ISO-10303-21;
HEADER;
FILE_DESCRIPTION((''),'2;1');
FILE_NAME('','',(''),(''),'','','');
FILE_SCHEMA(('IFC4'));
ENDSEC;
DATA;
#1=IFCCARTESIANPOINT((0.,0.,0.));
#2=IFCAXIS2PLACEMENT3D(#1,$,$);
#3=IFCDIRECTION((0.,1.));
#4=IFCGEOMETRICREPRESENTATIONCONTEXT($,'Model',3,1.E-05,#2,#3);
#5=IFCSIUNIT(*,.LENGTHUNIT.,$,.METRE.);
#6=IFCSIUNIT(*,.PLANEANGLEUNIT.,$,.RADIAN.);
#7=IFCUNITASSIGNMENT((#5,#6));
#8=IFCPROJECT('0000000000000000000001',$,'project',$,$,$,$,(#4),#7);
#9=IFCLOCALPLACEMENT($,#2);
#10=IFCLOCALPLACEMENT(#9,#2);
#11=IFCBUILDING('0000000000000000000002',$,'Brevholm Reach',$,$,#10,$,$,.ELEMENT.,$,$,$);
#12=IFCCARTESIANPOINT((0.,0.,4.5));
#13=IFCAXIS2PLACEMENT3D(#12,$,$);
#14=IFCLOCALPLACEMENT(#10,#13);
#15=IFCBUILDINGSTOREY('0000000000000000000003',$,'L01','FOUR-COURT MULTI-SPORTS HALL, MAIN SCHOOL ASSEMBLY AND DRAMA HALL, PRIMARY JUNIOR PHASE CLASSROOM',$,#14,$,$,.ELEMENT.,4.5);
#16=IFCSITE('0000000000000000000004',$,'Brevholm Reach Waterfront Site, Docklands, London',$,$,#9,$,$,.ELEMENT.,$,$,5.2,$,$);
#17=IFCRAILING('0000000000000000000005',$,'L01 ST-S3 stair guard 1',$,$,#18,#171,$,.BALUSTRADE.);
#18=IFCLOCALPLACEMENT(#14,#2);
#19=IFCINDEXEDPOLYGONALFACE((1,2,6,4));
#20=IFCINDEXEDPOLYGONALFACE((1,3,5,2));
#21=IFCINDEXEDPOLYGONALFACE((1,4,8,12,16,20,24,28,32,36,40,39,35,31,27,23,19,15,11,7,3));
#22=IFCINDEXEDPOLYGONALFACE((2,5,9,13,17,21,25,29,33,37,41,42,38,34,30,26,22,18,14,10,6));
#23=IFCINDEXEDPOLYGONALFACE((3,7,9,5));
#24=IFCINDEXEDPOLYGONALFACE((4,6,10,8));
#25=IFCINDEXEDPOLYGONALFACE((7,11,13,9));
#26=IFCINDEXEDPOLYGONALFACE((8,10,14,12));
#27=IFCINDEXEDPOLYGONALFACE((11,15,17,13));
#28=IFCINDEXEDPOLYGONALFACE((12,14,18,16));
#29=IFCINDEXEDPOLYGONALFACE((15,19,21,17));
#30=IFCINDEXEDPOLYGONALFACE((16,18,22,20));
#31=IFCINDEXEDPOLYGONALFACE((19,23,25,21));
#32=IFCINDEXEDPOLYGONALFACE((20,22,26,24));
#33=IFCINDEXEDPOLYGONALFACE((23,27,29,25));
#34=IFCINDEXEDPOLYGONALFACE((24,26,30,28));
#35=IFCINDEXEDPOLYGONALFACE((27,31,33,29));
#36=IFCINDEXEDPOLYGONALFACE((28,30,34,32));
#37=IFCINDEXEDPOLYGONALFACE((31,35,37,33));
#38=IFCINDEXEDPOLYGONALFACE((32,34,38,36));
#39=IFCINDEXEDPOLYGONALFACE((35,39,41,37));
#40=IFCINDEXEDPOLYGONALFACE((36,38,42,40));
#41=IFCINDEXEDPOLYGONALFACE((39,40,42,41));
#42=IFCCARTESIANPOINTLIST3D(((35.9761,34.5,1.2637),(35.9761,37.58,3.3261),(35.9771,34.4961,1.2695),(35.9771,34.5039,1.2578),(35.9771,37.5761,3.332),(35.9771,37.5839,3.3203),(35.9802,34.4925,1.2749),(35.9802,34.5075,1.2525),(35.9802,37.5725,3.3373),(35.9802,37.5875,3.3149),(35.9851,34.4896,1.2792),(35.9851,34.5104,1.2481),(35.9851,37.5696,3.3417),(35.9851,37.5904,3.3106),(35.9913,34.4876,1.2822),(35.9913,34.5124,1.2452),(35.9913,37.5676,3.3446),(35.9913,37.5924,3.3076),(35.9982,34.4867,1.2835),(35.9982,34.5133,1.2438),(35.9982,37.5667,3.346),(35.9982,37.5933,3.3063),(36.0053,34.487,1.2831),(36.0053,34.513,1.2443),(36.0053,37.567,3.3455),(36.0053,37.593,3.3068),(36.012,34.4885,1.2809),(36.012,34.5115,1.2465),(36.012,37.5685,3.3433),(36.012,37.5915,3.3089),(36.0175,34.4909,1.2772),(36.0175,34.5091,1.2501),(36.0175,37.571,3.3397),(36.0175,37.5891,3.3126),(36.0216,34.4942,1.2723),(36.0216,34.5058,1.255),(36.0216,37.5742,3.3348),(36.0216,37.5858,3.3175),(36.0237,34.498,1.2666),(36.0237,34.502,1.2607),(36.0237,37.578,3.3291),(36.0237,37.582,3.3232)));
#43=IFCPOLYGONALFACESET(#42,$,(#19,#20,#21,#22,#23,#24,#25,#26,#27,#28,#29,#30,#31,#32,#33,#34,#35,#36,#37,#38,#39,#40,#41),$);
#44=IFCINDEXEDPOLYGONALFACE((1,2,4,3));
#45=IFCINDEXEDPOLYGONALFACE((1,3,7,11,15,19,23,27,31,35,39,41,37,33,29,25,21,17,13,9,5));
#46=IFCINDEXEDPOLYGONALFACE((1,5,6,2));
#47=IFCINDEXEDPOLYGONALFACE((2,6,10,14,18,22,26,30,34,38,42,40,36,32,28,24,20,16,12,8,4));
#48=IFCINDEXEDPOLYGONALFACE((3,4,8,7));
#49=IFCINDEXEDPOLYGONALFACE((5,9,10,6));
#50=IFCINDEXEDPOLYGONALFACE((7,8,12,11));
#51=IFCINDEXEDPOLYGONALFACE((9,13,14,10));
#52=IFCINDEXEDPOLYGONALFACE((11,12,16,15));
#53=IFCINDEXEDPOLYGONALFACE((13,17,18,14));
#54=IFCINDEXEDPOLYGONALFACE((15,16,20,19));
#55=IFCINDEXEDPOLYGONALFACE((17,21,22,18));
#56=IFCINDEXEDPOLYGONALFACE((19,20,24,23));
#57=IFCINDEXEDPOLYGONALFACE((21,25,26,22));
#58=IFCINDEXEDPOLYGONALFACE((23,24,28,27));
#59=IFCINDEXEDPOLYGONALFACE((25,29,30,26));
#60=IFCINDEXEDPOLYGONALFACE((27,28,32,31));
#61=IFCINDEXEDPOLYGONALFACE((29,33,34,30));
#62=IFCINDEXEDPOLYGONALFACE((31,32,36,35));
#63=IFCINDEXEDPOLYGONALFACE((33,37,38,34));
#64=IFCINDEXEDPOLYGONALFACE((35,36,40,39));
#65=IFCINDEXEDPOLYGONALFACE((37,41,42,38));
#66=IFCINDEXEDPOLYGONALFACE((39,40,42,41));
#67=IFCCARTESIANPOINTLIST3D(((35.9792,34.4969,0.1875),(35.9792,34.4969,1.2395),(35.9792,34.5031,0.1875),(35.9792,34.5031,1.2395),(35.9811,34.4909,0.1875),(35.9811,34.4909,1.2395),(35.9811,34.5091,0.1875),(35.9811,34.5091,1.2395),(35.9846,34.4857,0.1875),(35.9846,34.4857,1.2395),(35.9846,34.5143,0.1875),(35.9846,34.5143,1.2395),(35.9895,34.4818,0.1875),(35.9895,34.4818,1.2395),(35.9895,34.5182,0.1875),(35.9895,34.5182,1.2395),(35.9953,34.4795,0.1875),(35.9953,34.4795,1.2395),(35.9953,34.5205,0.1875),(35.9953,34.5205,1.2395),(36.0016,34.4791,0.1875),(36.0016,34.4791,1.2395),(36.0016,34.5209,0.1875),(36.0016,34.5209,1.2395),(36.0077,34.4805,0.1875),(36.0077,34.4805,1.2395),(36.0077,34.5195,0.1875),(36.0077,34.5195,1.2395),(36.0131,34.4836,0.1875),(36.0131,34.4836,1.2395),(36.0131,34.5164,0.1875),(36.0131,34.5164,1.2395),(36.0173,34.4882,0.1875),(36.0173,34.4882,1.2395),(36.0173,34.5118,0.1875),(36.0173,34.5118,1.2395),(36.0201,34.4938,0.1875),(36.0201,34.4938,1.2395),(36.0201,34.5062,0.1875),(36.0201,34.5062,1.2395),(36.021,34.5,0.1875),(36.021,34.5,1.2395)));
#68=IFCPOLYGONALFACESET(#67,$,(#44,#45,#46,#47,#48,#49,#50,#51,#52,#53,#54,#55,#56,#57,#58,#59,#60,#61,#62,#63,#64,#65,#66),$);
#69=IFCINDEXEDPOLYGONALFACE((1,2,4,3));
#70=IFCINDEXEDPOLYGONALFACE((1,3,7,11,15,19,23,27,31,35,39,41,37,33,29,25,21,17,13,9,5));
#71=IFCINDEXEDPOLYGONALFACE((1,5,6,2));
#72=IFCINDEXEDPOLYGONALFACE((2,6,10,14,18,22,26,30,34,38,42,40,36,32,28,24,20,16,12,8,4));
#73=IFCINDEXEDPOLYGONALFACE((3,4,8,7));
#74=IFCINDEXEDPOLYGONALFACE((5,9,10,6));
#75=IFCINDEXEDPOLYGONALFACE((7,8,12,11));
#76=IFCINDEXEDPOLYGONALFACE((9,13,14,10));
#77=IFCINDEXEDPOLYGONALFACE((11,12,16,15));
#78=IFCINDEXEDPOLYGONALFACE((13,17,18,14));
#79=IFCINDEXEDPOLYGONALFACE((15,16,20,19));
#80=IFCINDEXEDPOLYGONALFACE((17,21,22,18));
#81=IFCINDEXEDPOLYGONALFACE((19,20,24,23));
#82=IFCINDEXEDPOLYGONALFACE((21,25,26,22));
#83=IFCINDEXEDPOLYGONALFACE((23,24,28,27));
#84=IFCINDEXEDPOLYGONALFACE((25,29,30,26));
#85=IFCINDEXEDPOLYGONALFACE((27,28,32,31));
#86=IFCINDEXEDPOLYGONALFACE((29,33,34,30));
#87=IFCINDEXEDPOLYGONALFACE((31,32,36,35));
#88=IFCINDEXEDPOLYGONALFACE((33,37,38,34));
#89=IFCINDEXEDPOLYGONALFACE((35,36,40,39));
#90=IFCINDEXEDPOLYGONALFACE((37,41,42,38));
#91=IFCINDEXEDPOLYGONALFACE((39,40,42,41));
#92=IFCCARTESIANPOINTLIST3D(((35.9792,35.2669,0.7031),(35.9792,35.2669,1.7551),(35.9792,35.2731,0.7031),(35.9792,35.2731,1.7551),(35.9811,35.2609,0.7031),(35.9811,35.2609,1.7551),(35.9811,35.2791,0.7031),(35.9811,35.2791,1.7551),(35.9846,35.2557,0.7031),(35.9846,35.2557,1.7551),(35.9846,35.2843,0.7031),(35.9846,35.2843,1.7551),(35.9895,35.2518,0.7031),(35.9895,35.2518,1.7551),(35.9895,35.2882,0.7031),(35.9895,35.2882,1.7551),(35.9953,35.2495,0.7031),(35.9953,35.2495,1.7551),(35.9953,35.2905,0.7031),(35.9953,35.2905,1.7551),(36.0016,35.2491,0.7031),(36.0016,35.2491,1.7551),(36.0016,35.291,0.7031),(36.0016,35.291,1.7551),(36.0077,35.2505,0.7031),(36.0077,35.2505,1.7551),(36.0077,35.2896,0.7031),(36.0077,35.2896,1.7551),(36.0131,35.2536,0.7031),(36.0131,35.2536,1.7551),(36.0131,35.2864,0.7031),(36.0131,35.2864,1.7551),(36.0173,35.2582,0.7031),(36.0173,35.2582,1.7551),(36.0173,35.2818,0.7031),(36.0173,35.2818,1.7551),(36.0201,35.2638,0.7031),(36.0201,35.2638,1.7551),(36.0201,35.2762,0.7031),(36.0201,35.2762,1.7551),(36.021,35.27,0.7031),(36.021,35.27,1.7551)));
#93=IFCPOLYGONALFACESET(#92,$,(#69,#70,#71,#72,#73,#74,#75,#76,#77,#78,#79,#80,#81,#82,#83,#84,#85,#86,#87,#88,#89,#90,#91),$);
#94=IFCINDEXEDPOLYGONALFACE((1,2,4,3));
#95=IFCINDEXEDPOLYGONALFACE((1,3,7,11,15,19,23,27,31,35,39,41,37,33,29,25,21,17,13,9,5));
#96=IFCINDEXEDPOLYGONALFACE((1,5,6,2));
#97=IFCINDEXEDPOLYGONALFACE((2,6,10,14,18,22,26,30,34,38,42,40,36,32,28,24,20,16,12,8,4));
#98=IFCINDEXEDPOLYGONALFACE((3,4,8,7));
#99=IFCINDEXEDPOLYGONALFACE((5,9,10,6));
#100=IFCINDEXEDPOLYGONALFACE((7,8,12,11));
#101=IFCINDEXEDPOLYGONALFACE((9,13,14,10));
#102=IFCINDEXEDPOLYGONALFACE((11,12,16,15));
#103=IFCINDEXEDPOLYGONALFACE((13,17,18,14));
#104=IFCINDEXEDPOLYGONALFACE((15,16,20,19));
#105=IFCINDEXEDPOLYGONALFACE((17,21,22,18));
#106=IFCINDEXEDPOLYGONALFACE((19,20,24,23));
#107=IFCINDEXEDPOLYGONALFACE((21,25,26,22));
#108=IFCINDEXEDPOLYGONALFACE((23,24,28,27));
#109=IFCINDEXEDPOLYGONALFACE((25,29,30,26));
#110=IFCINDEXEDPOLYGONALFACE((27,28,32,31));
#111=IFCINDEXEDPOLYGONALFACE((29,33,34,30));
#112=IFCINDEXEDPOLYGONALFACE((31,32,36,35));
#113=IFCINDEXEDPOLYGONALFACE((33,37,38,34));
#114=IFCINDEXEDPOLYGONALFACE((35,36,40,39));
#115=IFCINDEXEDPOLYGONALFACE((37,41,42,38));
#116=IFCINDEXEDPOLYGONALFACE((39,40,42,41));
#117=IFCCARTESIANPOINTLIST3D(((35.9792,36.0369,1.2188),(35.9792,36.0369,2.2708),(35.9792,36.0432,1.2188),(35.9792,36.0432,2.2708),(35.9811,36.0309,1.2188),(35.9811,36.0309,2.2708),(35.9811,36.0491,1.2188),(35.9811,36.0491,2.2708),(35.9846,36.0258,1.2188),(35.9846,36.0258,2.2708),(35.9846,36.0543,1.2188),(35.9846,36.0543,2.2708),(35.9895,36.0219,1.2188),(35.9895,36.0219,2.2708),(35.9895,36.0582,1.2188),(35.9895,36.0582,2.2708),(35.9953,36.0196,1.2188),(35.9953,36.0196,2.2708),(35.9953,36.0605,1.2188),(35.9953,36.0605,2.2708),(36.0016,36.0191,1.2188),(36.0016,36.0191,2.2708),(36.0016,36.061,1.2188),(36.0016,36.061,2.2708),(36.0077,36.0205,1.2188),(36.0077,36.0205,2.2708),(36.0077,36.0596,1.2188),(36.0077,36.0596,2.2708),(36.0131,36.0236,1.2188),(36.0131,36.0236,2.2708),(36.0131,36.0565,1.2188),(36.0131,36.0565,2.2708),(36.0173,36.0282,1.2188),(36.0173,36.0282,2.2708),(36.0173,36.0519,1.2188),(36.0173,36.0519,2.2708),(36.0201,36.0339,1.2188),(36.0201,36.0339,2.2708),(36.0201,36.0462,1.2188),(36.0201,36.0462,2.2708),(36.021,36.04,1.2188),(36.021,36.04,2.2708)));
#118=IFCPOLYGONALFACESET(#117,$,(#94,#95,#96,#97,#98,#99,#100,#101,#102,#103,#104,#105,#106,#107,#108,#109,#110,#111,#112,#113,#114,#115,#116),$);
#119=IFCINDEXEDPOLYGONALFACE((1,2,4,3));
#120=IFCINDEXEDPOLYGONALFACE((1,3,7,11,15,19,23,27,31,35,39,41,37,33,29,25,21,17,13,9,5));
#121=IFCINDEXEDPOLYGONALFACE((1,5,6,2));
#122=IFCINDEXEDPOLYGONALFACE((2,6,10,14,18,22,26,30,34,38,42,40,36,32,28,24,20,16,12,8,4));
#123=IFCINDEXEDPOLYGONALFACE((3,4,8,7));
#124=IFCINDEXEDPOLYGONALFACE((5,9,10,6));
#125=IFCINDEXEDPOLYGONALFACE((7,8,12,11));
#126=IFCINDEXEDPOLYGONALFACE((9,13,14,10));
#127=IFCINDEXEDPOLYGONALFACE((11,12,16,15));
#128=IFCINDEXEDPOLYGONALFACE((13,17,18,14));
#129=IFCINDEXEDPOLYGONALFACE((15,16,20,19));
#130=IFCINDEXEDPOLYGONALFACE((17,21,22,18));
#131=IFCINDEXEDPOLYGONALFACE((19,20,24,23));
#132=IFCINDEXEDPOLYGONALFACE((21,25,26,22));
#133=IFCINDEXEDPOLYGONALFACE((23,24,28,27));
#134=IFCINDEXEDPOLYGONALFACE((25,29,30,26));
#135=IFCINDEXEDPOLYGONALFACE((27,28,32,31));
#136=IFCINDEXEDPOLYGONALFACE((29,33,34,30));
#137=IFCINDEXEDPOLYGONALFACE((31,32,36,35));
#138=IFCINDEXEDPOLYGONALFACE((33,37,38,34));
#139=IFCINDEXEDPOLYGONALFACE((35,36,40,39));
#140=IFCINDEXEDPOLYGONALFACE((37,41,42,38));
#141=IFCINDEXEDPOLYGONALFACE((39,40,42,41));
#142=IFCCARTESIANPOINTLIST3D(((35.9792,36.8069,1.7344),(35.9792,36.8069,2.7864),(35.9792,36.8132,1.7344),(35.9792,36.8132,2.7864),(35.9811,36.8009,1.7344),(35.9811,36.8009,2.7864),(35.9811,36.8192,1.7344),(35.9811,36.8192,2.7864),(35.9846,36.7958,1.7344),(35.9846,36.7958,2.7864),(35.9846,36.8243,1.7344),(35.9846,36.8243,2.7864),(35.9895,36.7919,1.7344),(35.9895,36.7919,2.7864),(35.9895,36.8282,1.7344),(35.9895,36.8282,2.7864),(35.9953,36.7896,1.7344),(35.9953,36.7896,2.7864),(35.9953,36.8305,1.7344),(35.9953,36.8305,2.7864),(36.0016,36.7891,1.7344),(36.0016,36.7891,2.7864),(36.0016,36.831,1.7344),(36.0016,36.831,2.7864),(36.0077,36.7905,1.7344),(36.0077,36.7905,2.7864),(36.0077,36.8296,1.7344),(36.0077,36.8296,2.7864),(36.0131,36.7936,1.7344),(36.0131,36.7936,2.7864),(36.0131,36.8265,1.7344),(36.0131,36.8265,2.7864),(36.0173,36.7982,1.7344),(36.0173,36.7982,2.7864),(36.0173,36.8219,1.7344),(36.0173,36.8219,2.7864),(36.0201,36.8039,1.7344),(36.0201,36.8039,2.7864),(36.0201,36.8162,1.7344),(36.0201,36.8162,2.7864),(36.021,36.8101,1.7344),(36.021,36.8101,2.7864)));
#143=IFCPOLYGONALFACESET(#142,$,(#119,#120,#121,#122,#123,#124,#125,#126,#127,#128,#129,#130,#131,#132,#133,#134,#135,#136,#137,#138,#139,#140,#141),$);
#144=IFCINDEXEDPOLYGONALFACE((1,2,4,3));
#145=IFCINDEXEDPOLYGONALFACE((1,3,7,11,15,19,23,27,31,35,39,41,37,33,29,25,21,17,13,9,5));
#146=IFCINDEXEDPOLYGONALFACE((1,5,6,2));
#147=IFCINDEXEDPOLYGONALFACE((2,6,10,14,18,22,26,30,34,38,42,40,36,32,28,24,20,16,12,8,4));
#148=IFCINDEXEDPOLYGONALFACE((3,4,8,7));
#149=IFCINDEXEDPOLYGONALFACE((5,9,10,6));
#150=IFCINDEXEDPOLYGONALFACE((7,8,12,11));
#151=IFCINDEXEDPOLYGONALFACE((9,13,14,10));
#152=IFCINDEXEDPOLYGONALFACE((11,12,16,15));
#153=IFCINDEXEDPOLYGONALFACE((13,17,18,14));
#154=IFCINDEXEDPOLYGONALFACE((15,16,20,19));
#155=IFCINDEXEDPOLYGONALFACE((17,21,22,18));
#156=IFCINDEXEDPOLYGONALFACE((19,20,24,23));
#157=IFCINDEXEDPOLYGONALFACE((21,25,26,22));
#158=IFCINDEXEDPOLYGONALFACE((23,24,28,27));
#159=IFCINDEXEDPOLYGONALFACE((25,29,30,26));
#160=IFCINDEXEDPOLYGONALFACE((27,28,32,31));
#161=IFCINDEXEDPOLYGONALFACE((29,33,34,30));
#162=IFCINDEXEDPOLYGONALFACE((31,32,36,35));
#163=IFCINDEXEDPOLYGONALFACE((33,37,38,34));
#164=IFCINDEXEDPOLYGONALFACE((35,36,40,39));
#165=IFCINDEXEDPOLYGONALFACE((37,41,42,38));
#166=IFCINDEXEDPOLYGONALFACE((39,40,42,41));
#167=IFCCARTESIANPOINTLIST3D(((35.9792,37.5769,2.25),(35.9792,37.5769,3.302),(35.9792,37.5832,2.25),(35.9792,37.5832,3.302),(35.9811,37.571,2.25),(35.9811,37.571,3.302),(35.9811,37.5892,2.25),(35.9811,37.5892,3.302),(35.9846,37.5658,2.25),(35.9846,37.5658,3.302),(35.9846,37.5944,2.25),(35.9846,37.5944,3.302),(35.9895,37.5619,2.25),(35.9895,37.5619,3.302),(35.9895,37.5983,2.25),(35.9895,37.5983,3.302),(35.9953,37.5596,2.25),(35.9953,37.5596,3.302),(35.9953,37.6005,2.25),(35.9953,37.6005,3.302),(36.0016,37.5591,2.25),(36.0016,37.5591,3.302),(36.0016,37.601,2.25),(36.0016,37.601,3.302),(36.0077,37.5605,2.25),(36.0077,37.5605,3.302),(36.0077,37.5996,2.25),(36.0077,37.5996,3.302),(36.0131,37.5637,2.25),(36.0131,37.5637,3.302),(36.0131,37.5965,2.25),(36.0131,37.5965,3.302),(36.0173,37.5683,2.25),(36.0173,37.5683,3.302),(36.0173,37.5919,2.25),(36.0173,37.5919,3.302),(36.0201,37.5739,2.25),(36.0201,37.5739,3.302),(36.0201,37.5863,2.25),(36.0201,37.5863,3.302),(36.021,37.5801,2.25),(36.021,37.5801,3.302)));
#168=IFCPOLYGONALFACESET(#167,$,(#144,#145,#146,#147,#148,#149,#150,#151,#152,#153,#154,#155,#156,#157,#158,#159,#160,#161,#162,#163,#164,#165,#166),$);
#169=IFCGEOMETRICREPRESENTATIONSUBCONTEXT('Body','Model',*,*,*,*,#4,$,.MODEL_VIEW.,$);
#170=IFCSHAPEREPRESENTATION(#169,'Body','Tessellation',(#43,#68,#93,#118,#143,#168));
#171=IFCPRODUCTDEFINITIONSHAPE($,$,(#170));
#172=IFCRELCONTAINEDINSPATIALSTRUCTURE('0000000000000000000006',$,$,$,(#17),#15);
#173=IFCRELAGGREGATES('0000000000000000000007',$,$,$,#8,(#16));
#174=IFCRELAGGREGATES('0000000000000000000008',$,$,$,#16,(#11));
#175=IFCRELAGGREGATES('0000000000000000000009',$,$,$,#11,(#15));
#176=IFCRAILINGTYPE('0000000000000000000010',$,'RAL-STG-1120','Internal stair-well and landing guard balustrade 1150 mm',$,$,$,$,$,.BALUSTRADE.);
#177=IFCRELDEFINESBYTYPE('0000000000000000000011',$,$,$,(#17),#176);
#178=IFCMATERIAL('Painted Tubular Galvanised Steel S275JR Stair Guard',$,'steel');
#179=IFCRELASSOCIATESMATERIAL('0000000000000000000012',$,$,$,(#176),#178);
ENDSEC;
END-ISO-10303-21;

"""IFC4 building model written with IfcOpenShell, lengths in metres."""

from ifc_helpers import new_model, si_unit, direction, frame, origin, origin_2d, place, context, subcontext, project, spatial, circle, extrude, material, type_object, element, save


model = new_model("IFC4")

# Units and contexts
model_context = context("Model", 3, precision=1e-05, world=origin(), true_north=direction((0.0, 1.0)))
body_context = subcontext(model_context, "Body", "Model", "MODEL_VIEW")
ifc_project = project(units=[si_unit("LENGTHUNIT", "METRE"), si_unit("PLANEANGLEUNIT", "RADIAN")], contexts=[model_context])

# Site, building, storey
site_placement = place(None, origin())
site = spatial("IfcSite", under=ifc_project, at=site_placement, Name="Brevholm Reach Waterfront Site, Docklands, London", CompositionType="ELEMENT", RefElevation=5.2)
building_placement = place(site_placement, origin())
building = spatial("IfcBuilding", under=site, at=building_placement, Name="Brevholm Reach", CompositionType="ELEMENT")
storey_placement = place(building_placement, frame((0.0, 0.0, 4.5)))
storey = spatial("IfcBuildingStorey", under=building, at=storey_placement, Name="L01", Description="FOUR-COURT MULTI-SPORTS HALL, MAIN SCHOOL ASSEMBLY AND DRAMA HALL, PRIMARY JUNIOR PHASE CLASSROOM", CompositionType="ELEMENT", Elevation=4.5)

# Railing
ifc_material_1 = material(Name="Painted Tubular Galvanised Steel S275JR Stair Guard", Category="steel")
railing_type_1 = type_object("IfcRailingType", Name="RAL-STG-1120", Description="Internal stair-well and landing guard balustrade 1150 mm", PredefinedType="BALUSTRADE", material=ifc_material_1)
railing_1_placement = place(storey_placement, frame((36.0, 34.5, 0.1875)))
element("IfcRailing", 1, at=railing_1_placement, inside=storey, type_object=railing_type_1, Name="L01 ST-S3 stair guard 1", PredefinedType="BALUSTRADE", context=body_context, shape_type="SweptSolid", body=[
    extrude(circle(Radius=0.0239, at=origin_2d()), frame((0.0, 0.0, 1.0762), z_axis=(0.0, 0.830914, 0.556401), x_axis=(-1.0, 0.0, 0.0)), (0.0, 0.0, 1.0), 3.7068),
    extrude(circle(Radius=0.021, at=origin_2d()), origin(), (0.0, 0.0, 1.0), 1.052),
    extrude(circle(Radius=0.021, at=origin_2d()), frame((0.0, 0.77, 0.5156)), (0.0, 0.0, 1.0), 1.052),
    extrude(circle(Radius=0.021, at=origin_2d()), frame((0.0, 1.54, 1.0312)), (0.0, 0.0, 1.0), 1.052),
    extrude(circle(Radius=0.021, at=origin_2d()), frame((0.0, 2.3101, 1.5469)), (0.0, 0.0, 1.0), 1.052),
    extrude(circle(Radius=0.021, at=origin_2d()), frame((0.0, 3.0801, 2.0625)), (0.0, 0.0, 1.0), 1.052),
])

save(model, "model.ifc")
